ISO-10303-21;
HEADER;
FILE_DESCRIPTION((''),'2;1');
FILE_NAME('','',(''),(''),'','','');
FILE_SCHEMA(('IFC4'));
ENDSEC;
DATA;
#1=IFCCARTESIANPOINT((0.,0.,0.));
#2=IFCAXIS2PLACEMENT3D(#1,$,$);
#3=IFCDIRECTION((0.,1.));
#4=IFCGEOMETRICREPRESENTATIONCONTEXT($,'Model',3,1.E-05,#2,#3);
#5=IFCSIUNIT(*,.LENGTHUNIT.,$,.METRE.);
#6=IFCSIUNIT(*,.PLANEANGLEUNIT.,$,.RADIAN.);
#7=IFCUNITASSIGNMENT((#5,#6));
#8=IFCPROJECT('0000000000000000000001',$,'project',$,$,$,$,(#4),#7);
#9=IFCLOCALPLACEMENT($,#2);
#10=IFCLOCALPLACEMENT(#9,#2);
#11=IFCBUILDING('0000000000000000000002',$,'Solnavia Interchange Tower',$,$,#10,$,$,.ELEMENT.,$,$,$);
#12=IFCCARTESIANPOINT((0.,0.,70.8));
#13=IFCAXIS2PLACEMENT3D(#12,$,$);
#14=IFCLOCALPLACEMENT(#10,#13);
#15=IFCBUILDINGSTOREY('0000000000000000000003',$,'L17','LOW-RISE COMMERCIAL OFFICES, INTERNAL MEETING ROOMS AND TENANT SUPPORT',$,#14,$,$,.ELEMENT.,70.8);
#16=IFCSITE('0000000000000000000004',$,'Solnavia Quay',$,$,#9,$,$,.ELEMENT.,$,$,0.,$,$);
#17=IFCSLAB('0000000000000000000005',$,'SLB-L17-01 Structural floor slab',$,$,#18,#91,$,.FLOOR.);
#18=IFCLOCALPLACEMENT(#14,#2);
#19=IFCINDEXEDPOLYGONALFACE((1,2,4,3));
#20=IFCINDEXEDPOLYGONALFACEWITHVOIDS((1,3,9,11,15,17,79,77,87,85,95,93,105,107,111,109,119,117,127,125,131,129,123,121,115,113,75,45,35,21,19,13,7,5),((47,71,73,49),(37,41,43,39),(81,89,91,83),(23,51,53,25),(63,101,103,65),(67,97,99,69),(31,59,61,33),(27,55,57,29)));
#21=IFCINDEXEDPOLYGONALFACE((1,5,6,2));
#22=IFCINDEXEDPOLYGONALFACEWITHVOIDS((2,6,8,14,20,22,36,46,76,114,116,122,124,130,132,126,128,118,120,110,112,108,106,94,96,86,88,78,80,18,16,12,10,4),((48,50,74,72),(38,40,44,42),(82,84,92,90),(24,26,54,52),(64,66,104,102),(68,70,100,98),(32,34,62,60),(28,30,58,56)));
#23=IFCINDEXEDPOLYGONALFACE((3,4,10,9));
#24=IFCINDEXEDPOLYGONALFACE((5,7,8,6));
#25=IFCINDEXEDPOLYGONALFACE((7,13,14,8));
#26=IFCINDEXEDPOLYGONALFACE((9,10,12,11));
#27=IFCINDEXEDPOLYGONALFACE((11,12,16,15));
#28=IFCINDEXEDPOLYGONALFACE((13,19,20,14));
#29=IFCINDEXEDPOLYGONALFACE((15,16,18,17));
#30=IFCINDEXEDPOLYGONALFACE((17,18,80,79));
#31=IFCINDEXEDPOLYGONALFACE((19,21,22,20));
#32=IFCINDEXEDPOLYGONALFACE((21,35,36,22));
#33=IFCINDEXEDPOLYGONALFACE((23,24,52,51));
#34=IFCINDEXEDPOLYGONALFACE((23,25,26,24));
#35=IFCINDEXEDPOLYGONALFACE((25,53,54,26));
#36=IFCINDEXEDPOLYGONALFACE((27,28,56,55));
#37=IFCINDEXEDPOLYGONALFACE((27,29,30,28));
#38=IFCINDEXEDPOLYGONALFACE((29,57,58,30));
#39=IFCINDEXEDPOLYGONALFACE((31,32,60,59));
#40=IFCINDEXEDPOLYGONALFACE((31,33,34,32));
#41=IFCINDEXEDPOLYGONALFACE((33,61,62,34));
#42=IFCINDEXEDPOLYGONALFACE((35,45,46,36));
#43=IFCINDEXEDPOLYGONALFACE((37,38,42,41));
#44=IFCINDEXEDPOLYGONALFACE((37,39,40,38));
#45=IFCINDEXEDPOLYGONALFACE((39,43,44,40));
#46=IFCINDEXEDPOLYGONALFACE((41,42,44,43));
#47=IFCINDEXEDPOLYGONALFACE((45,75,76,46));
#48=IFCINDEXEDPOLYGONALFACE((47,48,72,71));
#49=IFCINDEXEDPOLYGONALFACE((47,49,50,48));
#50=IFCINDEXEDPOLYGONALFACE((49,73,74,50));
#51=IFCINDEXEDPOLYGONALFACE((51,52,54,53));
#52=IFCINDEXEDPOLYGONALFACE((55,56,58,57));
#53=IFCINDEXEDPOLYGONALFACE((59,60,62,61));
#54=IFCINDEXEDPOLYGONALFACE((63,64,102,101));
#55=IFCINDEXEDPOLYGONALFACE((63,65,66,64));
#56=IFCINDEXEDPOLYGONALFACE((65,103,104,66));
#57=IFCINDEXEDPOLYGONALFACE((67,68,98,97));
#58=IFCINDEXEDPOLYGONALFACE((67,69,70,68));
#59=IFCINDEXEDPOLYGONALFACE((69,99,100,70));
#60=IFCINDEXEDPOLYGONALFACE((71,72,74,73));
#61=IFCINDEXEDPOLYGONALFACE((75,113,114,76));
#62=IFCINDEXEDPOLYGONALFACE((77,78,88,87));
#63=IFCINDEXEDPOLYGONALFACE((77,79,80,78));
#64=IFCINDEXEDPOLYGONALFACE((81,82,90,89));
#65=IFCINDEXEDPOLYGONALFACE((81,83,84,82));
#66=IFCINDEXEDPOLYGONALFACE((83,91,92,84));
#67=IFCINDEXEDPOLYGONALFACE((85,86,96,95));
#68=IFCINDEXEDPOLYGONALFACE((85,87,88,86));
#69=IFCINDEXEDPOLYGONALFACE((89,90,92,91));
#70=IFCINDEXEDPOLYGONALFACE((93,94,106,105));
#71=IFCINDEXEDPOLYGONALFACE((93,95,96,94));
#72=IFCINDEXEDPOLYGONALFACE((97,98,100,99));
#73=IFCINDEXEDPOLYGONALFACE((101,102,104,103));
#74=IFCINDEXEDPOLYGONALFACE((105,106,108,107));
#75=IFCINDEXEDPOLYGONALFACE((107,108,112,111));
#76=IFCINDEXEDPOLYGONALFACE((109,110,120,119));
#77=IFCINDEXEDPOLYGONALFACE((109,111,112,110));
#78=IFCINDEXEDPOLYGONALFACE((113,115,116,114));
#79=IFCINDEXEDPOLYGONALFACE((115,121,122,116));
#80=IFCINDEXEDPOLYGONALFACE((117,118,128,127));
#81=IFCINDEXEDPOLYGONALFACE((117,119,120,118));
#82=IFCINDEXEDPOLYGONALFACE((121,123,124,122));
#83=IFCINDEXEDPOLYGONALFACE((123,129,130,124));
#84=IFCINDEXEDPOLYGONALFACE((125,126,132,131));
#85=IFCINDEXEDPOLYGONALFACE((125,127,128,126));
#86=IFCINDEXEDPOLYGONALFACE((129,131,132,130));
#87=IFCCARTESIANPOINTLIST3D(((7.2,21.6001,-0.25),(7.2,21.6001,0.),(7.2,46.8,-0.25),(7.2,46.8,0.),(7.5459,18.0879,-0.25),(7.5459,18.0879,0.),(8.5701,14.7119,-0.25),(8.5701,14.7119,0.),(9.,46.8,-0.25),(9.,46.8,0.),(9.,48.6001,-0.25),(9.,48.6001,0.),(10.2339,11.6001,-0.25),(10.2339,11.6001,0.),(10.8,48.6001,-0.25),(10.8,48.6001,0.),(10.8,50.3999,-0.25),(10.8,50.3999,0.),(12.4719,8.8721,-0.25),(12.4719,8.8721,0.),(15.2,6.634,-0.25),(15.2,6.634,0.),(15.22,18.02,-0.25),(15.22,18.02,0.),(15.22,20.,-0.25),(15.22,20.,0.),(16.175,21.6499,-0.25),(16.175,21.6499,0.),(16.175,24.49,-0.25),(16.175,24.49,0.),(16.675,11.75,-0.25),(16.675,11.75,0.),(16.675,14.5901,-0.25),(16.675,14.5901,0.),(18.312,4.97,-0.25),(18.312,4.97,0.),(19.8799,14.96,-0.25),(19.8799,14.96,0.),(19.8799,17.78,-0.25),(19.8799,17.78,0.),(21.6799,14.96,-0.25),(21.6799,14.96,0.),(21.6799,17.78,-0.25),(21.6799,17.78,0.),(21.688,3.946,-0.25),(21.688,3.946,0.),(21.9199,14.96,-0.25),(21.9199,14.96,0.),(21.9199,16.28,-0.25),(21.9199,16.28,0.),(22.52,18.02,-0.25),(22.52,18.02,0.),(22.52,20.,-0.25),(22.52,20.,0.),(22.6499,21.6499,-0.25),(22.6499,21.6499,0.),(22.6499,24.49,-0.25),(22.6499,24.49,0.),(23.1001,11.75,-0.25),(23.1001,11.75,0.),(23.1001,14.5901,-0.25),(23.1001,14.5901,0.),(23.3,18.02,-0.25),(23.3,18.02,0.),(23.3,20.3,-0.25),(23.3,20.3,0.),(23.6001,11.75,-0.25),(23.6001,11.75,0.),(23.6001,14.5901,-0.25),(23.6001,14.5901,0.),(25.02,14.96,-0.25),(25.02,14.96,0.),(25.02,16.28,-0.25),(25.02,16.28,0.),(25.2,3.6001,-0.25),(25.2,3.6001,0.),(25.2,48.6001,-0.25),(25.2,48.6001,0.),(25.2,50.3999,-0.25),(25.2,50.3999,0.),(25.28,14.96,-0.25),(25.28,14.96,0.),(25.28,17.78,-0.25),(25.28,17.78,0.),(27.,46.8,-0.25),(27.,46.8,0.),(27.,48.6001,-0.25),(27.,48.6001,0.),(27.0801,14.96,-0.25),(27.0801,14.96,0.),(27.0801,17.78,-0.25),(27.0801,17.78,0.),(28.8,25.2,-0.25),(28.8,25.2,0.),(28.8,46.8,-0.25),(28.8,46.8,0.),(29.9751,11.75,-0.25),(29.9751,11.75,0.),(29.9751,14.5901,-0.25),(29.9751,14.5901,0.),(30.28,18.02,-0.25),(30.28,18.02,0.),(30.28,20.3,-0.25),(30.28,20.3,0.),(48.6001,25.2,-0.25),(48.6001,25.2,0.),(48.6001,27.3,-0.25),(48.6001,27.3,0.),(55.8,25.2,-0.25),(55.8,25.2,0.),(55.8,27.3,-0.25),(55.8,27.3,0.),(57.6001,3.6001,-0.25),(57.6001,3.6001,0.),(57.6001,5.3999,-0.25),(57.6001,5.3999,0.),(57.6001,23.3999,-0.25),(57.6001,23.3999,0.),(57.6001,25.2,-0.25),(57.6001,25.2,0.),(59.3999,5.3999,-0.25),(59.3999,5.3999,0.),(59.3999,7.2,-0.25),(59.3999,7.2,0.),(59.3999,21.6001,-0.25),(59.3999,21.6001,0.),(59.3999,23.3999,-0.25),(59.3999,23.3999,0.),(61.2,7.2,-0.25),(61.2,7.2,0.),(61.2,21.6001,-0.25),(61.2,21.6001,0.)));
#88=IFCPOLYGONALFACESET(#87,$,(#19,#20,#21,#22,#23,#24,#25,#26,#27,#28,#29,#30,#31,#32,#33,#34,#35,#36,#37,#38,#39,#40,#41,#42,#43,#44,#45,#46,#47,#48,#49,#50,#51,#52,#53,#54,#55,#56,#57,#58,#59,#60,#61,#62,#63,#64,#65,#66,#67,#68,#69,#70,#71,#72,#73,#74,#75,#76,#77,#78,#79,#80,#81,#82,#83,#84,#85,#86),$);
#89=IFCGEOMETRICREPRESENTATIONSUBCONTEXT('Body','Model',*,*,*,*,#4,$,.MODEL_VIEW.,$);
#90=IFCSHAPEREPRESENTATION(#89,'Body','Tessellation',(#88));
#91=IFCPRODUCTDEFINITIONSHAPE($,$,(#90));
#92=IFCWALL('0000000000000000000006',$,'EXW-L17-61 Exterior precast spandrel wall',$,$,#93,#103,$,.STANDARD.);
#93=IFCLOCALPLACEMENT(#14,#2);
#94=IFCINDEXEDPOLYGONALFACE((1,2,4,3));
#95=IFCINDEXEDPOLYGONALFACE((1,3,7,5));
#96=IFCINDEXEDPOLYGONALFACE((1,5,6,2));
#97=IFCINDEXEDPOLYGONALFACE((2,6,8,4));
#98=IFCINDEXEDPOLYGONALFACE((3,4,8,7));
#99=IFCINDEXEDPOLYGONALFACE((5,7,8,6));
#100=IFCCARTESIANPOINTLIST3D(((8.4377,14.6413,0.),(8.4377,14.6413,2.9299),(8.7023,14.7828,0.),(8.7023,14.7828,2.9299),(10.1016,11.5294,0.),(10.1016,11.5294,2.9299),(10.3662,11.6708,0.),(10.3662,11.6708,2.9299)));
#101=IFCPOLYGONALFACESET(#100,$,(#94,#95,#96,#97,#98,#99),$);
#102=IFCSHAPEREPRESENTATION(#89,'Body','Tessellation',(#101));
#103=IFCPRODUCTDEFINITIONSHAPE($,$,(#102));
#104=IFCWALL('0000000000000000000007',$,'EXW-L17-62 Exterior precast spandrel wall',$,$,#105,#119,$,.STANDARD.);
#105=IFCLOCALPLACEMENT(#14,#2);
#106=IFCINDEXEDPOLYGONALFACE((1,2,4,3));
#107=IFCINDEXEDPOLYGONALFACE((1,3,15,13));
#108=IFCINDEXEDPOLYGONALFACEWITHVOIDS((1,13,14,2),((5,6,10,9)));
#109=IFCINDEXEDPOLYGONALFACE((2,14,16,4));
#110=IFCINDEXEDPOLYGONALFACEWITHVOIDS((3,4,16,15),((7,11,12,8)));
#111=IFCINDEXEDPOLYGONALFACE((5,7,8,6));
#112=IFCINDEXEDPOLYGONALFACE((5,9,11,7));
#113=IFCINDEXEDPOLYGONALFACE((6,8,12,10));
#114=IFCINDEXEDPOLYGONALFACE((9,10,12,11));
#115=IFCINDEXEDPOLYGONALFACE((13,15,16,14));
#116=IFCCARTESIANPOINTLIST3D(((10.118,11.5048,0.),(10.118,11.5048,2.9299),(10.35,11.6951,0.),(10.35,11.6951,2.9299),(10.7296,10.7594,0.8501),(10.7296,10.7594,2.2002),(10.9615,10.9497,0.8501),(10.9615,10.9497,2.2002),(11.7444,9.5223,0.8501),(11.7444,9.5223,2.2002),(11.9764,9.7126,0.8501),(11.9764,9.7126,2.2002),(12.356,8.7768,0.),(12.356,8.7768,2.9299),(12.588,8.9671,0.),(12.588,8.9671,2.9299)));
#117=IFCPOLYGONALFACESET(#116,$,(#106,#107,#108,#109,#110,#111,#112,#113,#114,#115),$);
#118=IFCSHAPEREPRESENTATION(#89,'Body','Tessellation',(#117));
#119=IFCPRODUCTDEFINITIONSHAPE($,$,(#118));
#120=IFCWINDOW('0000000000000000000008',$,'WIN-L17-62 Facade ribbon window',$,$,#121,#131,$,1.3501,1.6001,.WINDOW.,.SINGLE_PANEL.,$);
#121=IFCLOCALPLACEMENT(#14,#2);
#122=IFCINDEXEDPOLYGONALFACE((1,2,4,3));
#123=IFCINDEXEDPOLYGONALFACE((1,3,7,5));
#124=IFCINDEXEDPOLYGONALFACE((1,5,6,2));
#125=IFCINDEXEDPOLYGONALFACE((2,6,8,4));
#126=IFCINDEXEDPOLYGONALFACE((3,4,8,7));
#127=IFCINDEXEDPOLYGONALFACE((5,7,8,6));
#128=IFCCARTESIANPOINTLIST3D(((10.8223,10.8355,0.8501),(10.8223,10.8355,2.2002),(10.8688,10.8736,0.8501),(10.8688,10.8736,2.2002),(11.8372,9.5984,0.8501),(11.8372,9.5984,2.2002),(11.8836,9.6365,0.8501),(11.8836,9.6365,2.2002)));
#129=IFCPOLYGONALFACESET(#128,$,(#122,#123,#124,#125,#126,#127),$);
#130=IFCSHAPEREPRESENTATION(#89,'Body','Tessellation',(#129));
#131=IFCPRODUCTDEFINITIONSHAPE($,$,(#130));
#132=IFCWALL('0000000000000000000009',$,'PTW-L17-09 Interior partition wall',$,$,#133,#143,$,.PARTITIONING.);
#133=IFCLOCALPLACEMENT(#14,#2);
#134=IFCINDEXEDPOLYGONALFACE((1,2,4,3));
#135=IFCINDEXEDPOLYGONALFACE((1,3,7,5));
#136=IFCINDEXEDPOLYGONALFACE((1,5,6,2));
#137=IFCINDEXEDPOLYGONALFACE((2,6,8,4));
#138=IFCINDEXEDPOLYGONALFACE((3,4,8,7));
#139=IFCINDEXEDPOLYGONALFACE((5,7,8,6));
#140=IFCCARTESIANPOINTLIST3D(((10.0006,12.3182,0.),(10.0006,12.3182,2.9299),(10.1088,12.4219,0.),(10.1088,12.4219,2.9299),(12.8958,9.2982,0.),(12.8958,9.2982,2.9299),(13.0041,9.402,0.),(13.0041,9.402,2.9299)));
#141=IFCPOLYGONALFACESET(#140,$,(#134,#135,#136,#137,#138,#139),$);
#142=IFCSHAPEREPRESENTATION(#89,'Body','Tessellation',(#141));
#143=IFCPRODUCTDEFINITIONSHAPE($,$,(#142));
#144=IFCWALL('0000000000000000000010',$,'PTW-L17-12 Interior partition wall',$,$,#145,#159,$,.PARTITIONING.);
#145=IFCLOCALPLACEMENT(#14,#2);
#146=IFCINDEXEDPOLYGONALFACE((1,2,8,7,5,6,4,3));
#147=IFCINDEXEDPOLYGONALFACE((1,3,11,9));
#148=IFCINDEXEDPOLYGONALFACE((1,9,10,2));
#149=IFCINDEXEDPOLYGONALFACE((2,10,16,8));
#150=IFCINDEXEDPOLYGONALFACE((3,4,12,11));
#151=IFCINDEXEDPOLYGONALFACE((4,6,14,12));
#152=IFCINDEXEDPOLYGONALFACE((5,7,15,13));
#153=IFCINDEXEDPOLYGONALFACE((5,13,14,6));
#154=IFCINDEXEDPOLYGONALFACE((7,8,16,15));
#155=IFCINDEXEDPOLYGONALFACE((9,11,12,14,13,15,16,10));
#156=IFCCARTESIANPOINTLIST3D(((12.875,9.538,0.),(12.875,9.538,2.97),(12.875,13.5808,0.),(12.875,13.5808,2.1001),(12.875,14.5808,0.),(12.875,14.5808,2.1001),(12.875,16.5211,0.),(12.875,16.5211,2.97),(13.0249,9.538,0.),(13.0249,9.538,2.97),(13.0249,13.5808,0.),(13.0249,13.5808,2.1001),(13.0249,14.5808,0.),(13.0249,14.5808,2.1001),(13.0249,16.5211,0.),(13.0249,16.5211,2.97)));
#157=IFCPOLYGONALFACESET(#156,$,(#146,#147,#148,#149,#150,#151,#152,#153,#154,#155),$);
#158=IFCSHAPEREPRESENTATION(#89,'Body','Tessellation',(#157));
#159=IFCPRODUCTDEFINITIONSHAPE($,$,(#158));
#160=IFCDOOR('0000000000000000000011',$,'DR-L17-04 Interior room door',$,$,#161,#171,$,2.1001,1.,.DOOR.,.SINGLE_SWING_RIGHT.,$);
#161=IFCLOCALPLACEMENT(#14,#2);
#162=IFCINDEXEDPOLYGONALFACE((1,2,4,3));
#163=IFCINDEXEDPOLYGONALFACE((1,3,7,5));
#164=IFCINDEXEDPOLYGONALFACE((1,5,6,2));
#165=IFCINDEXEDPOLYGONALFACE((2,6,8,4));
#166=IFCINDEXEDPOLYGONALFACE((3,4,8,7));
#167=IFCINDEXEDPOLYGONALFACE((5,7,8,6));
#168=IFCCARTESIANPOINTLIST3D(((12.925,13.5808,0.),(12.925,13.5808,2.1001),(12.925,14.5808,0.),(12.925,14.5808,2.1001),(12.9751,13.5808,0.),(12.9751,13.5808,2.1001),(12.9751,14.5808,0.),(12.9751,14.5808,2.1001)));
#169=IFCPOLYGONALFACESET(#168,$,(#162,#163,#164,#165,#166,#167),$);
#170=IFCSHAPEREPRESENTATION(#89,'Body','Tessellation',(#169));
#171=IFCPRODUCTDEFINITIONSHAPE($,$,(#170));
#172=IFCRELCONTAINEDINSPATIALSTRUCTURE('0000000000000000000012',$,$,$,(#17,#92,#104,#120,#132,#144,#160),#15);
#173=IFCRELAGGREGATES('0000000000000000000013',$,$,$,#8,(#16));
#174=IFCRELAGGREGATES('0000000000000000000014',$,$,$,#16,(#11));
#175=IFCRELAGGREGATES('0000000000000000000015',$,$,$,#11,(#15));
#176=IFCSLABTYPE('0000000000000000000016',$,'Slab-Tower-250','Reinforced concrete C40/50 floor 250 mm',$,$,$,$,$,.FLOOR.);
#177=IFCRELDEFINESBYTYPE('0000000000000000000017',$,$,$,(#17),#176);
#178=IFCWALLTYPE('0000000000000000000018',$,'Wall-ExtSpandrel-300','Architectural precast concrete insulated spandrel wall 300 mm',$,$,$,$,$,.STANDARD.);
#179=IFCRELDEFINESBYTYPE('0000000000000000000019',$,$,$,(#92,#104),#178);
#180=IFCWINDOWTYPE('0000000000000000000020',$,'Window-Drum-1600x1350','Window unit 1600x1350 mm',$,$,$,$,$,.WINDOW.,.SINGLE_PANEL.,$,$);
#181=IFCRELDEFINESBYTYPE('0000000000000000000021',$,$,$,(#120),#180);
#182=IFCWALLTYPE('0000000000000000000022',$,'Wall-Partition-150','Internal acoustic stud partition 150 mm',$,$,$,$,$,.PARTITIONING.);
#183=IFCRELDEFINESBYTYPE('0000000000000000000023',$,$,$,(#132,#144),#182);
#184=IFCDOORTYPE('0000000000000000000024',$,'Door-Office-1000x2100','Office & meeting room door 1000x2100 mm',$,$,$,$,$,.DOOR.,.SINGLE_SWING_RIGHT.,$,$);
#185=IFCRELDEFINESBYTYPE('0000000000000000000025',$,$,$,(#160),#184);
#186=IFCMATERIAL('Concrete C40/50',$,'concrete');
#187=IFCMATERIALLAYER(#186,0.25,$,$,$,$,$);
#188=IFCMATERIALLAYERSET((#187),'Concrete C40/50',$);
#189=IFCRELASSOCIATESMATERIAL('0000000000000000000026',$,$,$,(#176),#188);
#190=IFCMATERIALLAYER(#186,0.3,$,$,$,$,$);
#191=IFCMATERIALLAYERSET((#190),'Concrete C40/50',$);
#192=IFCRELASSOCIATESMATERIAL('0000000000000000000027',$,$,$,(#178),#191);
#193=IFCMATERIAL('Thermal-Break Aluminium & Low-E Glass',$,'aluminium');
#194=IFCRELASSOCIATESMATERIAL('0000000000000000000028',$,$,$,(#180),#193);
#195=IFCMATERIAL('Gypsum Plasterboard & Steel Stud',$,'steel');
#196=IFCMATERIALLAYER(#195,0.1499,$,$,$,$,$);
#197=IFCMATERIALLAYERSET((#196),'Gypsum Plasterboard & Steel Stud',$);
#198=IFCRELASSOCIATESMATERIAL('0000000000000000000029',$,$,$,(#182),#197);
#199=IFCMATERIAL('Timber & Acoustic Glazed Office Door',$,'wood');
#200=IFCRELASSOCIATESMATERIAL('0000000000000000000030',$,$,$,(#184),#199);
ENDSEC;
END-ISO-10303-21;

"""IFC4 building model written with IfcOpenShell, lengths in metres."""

from ifc_helpers import new_model, si_unit, direction, frame, frame_2d, origin, place, context, subcontext, project, spatial, polyline, rectangle, outline, extrude, material, layer, layer_set, type_object, element, fill, save


model = new_model("IFC4")

# Units and contexts
model_context = context("Model", 3, precision=1e-05, world=origin(), true_north=direction((0.0, 1.0)))
body_context = subcontext(model_context, "Body", "Model", "MODEL_VIEW")
ifc_project = project(units=[si_unit("LENGTHUNIT", "METRE"), si_unit("PLANEANGLEUNIT", "RADIAN")], contexts=[model_context])

# Site, building, storey
site_placement = place(None, origin())
site = spatial("IfcSite", under=ifc_project, at=site_placement, Name="Solnavia Quay", CompositionType="ELEMENT", RefElevation=0.0)
building_placement = place(site_placement, origin())
building = spatial("IfcBuilding", under=site, at=building_placement, Name="Solnavia Interchange Tower", CompositionType="ELEMENT")
storey_placement = place(building_placement, frame((0.0, 0.0, 70.8)))
storey = spatial("IfcBuildingStorey", under=building, at=storey_placement, Name="L17", Description="LOW-RISE COMMERCIAL OFFICES, INTERNAL MEETING ROOMS AND TENANT SUPPORT", CompositionType="ELEMENT", Elevation=70.8)

# Shared definitions
ifc_material_1 = material(Name="Concrete C40/50", Category="concrete")

# Slab
ifc_layer_1 = layer(ifc_material_1, 0.25)
ifc_layer_set_1 = layer_set([ifc_layer_1], Name="Concrete C40/50")
slab_type_1 = type_object("IfcSlabType", Name="Slab-Tower-250", Description="Reinforced concrete C40/50 floor 250 mm", PredefinedType="FLOOR", material=ifc_layer_set_1)
slab_1_placement = place(storey_placement, frame((0.0, 0.0, -0.25)))
element("IfcSlab", 1, at=slab_1_placement, inside=storey, type_object=slab_type_1, Name="SLB-L17-01 Structural floor slab", PredefinedType="FLOOR", context=body_context, shape_type="SweptSolid", body=[
    extrude(outline(polyline([(25.2, 3.6001), (57.6001, 3.6001), (57.6001, 5.3999), (59.3999, 5.3999), (59.3999, 7.2), (61.2, 7.2), (61.2, 21.6001), (59.3999, 21.6001), (59.3999, 23.3999), (57.6001, 23.3999), (57.6001, 25.2), (55.8, 25.2), (55.8, 27.3), (48.6001, 27.3), (48.6001, 25.2), (28.8, 25.2), (28.8, 46.8), (27.0, 46.8), (27.0, 48.6001), (25.2, 48.6001), (25.2, 50.3999), (10.8, 50.3999), (10.8, 48.6001), (9.0, 48.6001), (9.0, 46.8), (7.2, 46.8), (7.2, 21.6001), (7.5459, 18.0879), (8.5701, 14.7119), (10.2339, 11.6001), (12.4719, 8.8721), (15.2, 6.634), (18.312, 4.97), (21.688, 3.946), (25.2, 3.6001)]), holes=[polyline([(16.675, 11.75), (23.1001, 11.75), (23.1001, 14.5901), (16.675, 14.5901), (16.675, 11.75)]), polyline([(23.6001, 11.75), (29.9751, 11.75), (29.9751, 14.5901), (23.6001, 14.5901), (23.6001, 11.75)]), polyline([(16.175, 21.6499), (22.6499, 21.6499), (22.6499, 24.49), (16.175, 24.49), (16.175, 21.6499)]), polyline([(19.8799, 14.96), (21.6799, 14.96), (21.6799, 17.78), (19.8799, 17.78), (19.8799, 14.96)]), polyline([(25.28, 14.96), (27.0801, 14.96), (27.0801, 17.78), (25.28, 17.78), (25.28, 14.96)]), polyline([(21.9199, 14.96), (25.02, 14.96), (25.02, 16.28), (21.9199, 16.28), (21.9199, 14.96)]), polyline([(15.22, 18.02), (22.52, 18.02), (22.52, 20.0), (15.22, 20.0), (15.22, 18.02)]), polyline([(23.3, 18.02), (30.28, 18.02), (30.28, 20.3), (23.3, 20.3), (23.3, 18.02)])]), origin(), (0.0, 0.0, 1.0), 0.25),
])

# Wall
ifc_layer_2 = layer(ifc_material_1, 0.3)
ifc_layer_set_2 = layer_set([ifc_layer_2], Name="Concrete C40/50")
wall_type_1 = type_object("IfcWallType", Name="Wall-ExtSpandrel-300", Description="Architectural precast concrete insulated spandrel wall 300 mm", PredefinedType="STANDARD", material=ifc_layer_set_2)
wall_1_placement = place(storey_placement, frame((10.2339, 11.6001, 0.0), z_axis=(0.0, 0.0, 1.0), x_axis=(-0.471511, 0.88186, 0.0)))
element("IfcWall", 2, at=wall_1_placement, inside=storey, type_object=wall_type_1, Name="EXW-L17-61 Exterior precast spandrel wall", PredefinedType="STANDARD", context=body_context, shape_type="SweptSolid", body=[
    extrude(rectangle(XDim=3.5288, YDim=0.3, at=frame_2d((1.7644, 0.0))), origin(), (0.0, 0.0, 1.0), 2.9299),
])

# Wall, opening, window
wall_2_placement = place(storey_placement, frame((12.4719, 8.8721, 0.0), z_axis=(0.0, 0.0, 1.0), x_axis=(-0.634258, 0.773121, 0.0)))
wall_2 = element("IfcWall", 3, at=wall_2_placement, inside=storey, type_object=wall_type_1, Name="EXW-L17-62 Exterior precast spandrel wall", PredefinedType="STANDARD", context=body_context, shape_type="SweptSolid", body=[
    extrude(rectangle(XDim=3.5286, YDim=0.3, at=frame_2d((1.7642, 0.0))), origin(), (0.0, 0.0, 1.0), 2.9299),
])
opening_1_placement = place(wall_2_placement, frame((0.9641, 0.0, 0.8501)))
opening_1 = element("IfcOpeningElement", 4, at=opening_1_placement, cuts=wall_2, PredefinedType="OPENING", context=body_context, shape_type="SweptSolid", body=[
    extrude(rectangle(XDim=1.6001, YDim=1.3501, at=frame_2d((0.8, 0.675))), frame((0.0, 0.1602, 0.0), z_axis=(0.0, -1.0, 0.0), x_axis=(1.0, 0.0, 0.0)), (0.0, 0.0, 1.0), 0.3201),
])
ifc_material_2 = material(Name="Thermal-Break Aluminium & Low-E Glass", Category="aluminium")
window_type = type_object("IfcWindowType", Name="Window-Drum-1600x1350", Description="Window unit 1600x1350 mm", PartitioningType="SINGLE_PANEL", PredefinedType="WINDOW", material=ifc_material_2)
window_placement = place(opening_1_placement, origin())
window = element("IfcWindow", 5, at=window_placement, inside=storey, type_object=window_type, Name="WIN-L17-62 Facade ribbon window", OverallHeight=1.3501, OverallWidth=1.6001, PartitioningType="SINGLE_PANEL", PredefinedType="WINDOW", context=body_context, shape_type="SweptSolid", body=[
    extrude(rectangle(XDim=1.6001, YDim=1.3501, at=frame_2d((0.8, 0.675))), frame((0.0, 0.03, 0.0), z_axis=(0.0, -1.0, 0.0), x_axis=(1.0, 0.0, 0.0)), (0.0, 0.0, 1.0), 0.0601),
])
fill(opening_1, window)

# Wall
ifc_material_3 = material(Name="Gypsum Plasterboard & Steel Stud", Category="steel")
ifc_layer_3 = layer(ifc_material_3, 0.1499)
ifc_layer_set_3 = layer_set([ifc_layer_3], Name="Gypsum Plasterboard & Steel Stud")
wall_type_2 = type_object("IfcWallType", Name="Wall-Partition-150", Description="Internal acoustic stud partition 150 mm", PredefinedType="PARTITIONING", material=ifc_layer_set_3)
wall_3_placement = place(storey_placement, frame((12.95, 9.3501, 0.0), z_axis=(0.0, 0.0, 1.0), x_axis=(-0.69204, 0.721859, 0.0)))
element("IfcWall", 6, at=wall_3_placement, inside=storey, type_object=wall_type_2, Name="PTW-L17-09 Interior partition wall", PredefinedType="PARTITIONING", context=body_context, shape_type="SweptSolid", body=[
    extrude(rectangle(XDim=4.1836, YDim=0.1499, at=frame_2d((2.0918, 0.0))), origin(), (0.0, 0.0, 1.0), 2.9299),
])

# Wall, opening, door
wall_4_placement = place(storey_placement, frame((12.95, 9.5378, 0.0), z_axis=(0.0, 0.0, 1.0), x_axis=(0.0, 1.0, 0.0)))
wall_4 = element("IfcWall", 7, at=wall_4_placement, inside=storey, type_object=wall_type_2, Name="PTW-L17-12 Interior partition wall", PredefinedType="PARTITIONING", context=body_context, shape_type="SweptSolid", body=[
    extrude(rectangle(XDim=6.9832, YDim=0.1499, at=frame_2d((3.4917, 0.0))), origin(), (0.0, 0.0, 1.0), 2.97),
])
opening_2_placement = place(wall_4_placement, frame((4.043, 0.0, 0.0)))
opening_2 = element("IfcOpeningElement", 8, at=opening_2_placement, cuts=wall_4, PredefinedType="OPENING", context=body_context, shape_type="SweptSolid", body=[
    extrude(rectangle(XDim=1.0, YDim=2.1001, at=frame_2d((0.5, 1.05))), frame((0.0, 0.085, 0.0), z_axis=(0.0, -1.0, 0.0), x_axis=(1.0, 0.0, 0.0)), (0.0, 0.0, 1.0), 0.1699),
])
ifc_material_4 = material(Name="Timber & Acoustic Glazed Office Door", Category="wood")
door_type_1 = type_object("IfcDoorType", Name="Door-Office-1000x2100", Description="Office & meeting room door 1000x2100 mm", OperationType="SINGLE_SWING_RIGHT", PredefinedType="DOOR", material=ifc_material_4)
door_1_placement = place(opening_2_placement, origin())
door_1 = element("IfcDoor", 9, at=door_1_placement, inside=storey, type_object=door_type_1, Name="DR-L17-04 Interior room door", OperationType="SINGLE_SWING_RIGHT", OverallHeight=2.1001, OverallWidth=1.0, PredefinedType="DOOR", context=body_context, shape_type="SweptSolid", body=[
    extrude(rectangle(XDim=1.0, YDim=2.1001, at=frame_2d((0.5, 1.05))), frame((0.0, 0.0249, 0.0), z_axis=(0.0, -1.0, 0.0), x_axis=(1.0, 0.0, 0.0)), (0.0, 0.0, 1.0), 0.05),
])
fill(opening_2, door_1)

save(model, "model.ifc")
